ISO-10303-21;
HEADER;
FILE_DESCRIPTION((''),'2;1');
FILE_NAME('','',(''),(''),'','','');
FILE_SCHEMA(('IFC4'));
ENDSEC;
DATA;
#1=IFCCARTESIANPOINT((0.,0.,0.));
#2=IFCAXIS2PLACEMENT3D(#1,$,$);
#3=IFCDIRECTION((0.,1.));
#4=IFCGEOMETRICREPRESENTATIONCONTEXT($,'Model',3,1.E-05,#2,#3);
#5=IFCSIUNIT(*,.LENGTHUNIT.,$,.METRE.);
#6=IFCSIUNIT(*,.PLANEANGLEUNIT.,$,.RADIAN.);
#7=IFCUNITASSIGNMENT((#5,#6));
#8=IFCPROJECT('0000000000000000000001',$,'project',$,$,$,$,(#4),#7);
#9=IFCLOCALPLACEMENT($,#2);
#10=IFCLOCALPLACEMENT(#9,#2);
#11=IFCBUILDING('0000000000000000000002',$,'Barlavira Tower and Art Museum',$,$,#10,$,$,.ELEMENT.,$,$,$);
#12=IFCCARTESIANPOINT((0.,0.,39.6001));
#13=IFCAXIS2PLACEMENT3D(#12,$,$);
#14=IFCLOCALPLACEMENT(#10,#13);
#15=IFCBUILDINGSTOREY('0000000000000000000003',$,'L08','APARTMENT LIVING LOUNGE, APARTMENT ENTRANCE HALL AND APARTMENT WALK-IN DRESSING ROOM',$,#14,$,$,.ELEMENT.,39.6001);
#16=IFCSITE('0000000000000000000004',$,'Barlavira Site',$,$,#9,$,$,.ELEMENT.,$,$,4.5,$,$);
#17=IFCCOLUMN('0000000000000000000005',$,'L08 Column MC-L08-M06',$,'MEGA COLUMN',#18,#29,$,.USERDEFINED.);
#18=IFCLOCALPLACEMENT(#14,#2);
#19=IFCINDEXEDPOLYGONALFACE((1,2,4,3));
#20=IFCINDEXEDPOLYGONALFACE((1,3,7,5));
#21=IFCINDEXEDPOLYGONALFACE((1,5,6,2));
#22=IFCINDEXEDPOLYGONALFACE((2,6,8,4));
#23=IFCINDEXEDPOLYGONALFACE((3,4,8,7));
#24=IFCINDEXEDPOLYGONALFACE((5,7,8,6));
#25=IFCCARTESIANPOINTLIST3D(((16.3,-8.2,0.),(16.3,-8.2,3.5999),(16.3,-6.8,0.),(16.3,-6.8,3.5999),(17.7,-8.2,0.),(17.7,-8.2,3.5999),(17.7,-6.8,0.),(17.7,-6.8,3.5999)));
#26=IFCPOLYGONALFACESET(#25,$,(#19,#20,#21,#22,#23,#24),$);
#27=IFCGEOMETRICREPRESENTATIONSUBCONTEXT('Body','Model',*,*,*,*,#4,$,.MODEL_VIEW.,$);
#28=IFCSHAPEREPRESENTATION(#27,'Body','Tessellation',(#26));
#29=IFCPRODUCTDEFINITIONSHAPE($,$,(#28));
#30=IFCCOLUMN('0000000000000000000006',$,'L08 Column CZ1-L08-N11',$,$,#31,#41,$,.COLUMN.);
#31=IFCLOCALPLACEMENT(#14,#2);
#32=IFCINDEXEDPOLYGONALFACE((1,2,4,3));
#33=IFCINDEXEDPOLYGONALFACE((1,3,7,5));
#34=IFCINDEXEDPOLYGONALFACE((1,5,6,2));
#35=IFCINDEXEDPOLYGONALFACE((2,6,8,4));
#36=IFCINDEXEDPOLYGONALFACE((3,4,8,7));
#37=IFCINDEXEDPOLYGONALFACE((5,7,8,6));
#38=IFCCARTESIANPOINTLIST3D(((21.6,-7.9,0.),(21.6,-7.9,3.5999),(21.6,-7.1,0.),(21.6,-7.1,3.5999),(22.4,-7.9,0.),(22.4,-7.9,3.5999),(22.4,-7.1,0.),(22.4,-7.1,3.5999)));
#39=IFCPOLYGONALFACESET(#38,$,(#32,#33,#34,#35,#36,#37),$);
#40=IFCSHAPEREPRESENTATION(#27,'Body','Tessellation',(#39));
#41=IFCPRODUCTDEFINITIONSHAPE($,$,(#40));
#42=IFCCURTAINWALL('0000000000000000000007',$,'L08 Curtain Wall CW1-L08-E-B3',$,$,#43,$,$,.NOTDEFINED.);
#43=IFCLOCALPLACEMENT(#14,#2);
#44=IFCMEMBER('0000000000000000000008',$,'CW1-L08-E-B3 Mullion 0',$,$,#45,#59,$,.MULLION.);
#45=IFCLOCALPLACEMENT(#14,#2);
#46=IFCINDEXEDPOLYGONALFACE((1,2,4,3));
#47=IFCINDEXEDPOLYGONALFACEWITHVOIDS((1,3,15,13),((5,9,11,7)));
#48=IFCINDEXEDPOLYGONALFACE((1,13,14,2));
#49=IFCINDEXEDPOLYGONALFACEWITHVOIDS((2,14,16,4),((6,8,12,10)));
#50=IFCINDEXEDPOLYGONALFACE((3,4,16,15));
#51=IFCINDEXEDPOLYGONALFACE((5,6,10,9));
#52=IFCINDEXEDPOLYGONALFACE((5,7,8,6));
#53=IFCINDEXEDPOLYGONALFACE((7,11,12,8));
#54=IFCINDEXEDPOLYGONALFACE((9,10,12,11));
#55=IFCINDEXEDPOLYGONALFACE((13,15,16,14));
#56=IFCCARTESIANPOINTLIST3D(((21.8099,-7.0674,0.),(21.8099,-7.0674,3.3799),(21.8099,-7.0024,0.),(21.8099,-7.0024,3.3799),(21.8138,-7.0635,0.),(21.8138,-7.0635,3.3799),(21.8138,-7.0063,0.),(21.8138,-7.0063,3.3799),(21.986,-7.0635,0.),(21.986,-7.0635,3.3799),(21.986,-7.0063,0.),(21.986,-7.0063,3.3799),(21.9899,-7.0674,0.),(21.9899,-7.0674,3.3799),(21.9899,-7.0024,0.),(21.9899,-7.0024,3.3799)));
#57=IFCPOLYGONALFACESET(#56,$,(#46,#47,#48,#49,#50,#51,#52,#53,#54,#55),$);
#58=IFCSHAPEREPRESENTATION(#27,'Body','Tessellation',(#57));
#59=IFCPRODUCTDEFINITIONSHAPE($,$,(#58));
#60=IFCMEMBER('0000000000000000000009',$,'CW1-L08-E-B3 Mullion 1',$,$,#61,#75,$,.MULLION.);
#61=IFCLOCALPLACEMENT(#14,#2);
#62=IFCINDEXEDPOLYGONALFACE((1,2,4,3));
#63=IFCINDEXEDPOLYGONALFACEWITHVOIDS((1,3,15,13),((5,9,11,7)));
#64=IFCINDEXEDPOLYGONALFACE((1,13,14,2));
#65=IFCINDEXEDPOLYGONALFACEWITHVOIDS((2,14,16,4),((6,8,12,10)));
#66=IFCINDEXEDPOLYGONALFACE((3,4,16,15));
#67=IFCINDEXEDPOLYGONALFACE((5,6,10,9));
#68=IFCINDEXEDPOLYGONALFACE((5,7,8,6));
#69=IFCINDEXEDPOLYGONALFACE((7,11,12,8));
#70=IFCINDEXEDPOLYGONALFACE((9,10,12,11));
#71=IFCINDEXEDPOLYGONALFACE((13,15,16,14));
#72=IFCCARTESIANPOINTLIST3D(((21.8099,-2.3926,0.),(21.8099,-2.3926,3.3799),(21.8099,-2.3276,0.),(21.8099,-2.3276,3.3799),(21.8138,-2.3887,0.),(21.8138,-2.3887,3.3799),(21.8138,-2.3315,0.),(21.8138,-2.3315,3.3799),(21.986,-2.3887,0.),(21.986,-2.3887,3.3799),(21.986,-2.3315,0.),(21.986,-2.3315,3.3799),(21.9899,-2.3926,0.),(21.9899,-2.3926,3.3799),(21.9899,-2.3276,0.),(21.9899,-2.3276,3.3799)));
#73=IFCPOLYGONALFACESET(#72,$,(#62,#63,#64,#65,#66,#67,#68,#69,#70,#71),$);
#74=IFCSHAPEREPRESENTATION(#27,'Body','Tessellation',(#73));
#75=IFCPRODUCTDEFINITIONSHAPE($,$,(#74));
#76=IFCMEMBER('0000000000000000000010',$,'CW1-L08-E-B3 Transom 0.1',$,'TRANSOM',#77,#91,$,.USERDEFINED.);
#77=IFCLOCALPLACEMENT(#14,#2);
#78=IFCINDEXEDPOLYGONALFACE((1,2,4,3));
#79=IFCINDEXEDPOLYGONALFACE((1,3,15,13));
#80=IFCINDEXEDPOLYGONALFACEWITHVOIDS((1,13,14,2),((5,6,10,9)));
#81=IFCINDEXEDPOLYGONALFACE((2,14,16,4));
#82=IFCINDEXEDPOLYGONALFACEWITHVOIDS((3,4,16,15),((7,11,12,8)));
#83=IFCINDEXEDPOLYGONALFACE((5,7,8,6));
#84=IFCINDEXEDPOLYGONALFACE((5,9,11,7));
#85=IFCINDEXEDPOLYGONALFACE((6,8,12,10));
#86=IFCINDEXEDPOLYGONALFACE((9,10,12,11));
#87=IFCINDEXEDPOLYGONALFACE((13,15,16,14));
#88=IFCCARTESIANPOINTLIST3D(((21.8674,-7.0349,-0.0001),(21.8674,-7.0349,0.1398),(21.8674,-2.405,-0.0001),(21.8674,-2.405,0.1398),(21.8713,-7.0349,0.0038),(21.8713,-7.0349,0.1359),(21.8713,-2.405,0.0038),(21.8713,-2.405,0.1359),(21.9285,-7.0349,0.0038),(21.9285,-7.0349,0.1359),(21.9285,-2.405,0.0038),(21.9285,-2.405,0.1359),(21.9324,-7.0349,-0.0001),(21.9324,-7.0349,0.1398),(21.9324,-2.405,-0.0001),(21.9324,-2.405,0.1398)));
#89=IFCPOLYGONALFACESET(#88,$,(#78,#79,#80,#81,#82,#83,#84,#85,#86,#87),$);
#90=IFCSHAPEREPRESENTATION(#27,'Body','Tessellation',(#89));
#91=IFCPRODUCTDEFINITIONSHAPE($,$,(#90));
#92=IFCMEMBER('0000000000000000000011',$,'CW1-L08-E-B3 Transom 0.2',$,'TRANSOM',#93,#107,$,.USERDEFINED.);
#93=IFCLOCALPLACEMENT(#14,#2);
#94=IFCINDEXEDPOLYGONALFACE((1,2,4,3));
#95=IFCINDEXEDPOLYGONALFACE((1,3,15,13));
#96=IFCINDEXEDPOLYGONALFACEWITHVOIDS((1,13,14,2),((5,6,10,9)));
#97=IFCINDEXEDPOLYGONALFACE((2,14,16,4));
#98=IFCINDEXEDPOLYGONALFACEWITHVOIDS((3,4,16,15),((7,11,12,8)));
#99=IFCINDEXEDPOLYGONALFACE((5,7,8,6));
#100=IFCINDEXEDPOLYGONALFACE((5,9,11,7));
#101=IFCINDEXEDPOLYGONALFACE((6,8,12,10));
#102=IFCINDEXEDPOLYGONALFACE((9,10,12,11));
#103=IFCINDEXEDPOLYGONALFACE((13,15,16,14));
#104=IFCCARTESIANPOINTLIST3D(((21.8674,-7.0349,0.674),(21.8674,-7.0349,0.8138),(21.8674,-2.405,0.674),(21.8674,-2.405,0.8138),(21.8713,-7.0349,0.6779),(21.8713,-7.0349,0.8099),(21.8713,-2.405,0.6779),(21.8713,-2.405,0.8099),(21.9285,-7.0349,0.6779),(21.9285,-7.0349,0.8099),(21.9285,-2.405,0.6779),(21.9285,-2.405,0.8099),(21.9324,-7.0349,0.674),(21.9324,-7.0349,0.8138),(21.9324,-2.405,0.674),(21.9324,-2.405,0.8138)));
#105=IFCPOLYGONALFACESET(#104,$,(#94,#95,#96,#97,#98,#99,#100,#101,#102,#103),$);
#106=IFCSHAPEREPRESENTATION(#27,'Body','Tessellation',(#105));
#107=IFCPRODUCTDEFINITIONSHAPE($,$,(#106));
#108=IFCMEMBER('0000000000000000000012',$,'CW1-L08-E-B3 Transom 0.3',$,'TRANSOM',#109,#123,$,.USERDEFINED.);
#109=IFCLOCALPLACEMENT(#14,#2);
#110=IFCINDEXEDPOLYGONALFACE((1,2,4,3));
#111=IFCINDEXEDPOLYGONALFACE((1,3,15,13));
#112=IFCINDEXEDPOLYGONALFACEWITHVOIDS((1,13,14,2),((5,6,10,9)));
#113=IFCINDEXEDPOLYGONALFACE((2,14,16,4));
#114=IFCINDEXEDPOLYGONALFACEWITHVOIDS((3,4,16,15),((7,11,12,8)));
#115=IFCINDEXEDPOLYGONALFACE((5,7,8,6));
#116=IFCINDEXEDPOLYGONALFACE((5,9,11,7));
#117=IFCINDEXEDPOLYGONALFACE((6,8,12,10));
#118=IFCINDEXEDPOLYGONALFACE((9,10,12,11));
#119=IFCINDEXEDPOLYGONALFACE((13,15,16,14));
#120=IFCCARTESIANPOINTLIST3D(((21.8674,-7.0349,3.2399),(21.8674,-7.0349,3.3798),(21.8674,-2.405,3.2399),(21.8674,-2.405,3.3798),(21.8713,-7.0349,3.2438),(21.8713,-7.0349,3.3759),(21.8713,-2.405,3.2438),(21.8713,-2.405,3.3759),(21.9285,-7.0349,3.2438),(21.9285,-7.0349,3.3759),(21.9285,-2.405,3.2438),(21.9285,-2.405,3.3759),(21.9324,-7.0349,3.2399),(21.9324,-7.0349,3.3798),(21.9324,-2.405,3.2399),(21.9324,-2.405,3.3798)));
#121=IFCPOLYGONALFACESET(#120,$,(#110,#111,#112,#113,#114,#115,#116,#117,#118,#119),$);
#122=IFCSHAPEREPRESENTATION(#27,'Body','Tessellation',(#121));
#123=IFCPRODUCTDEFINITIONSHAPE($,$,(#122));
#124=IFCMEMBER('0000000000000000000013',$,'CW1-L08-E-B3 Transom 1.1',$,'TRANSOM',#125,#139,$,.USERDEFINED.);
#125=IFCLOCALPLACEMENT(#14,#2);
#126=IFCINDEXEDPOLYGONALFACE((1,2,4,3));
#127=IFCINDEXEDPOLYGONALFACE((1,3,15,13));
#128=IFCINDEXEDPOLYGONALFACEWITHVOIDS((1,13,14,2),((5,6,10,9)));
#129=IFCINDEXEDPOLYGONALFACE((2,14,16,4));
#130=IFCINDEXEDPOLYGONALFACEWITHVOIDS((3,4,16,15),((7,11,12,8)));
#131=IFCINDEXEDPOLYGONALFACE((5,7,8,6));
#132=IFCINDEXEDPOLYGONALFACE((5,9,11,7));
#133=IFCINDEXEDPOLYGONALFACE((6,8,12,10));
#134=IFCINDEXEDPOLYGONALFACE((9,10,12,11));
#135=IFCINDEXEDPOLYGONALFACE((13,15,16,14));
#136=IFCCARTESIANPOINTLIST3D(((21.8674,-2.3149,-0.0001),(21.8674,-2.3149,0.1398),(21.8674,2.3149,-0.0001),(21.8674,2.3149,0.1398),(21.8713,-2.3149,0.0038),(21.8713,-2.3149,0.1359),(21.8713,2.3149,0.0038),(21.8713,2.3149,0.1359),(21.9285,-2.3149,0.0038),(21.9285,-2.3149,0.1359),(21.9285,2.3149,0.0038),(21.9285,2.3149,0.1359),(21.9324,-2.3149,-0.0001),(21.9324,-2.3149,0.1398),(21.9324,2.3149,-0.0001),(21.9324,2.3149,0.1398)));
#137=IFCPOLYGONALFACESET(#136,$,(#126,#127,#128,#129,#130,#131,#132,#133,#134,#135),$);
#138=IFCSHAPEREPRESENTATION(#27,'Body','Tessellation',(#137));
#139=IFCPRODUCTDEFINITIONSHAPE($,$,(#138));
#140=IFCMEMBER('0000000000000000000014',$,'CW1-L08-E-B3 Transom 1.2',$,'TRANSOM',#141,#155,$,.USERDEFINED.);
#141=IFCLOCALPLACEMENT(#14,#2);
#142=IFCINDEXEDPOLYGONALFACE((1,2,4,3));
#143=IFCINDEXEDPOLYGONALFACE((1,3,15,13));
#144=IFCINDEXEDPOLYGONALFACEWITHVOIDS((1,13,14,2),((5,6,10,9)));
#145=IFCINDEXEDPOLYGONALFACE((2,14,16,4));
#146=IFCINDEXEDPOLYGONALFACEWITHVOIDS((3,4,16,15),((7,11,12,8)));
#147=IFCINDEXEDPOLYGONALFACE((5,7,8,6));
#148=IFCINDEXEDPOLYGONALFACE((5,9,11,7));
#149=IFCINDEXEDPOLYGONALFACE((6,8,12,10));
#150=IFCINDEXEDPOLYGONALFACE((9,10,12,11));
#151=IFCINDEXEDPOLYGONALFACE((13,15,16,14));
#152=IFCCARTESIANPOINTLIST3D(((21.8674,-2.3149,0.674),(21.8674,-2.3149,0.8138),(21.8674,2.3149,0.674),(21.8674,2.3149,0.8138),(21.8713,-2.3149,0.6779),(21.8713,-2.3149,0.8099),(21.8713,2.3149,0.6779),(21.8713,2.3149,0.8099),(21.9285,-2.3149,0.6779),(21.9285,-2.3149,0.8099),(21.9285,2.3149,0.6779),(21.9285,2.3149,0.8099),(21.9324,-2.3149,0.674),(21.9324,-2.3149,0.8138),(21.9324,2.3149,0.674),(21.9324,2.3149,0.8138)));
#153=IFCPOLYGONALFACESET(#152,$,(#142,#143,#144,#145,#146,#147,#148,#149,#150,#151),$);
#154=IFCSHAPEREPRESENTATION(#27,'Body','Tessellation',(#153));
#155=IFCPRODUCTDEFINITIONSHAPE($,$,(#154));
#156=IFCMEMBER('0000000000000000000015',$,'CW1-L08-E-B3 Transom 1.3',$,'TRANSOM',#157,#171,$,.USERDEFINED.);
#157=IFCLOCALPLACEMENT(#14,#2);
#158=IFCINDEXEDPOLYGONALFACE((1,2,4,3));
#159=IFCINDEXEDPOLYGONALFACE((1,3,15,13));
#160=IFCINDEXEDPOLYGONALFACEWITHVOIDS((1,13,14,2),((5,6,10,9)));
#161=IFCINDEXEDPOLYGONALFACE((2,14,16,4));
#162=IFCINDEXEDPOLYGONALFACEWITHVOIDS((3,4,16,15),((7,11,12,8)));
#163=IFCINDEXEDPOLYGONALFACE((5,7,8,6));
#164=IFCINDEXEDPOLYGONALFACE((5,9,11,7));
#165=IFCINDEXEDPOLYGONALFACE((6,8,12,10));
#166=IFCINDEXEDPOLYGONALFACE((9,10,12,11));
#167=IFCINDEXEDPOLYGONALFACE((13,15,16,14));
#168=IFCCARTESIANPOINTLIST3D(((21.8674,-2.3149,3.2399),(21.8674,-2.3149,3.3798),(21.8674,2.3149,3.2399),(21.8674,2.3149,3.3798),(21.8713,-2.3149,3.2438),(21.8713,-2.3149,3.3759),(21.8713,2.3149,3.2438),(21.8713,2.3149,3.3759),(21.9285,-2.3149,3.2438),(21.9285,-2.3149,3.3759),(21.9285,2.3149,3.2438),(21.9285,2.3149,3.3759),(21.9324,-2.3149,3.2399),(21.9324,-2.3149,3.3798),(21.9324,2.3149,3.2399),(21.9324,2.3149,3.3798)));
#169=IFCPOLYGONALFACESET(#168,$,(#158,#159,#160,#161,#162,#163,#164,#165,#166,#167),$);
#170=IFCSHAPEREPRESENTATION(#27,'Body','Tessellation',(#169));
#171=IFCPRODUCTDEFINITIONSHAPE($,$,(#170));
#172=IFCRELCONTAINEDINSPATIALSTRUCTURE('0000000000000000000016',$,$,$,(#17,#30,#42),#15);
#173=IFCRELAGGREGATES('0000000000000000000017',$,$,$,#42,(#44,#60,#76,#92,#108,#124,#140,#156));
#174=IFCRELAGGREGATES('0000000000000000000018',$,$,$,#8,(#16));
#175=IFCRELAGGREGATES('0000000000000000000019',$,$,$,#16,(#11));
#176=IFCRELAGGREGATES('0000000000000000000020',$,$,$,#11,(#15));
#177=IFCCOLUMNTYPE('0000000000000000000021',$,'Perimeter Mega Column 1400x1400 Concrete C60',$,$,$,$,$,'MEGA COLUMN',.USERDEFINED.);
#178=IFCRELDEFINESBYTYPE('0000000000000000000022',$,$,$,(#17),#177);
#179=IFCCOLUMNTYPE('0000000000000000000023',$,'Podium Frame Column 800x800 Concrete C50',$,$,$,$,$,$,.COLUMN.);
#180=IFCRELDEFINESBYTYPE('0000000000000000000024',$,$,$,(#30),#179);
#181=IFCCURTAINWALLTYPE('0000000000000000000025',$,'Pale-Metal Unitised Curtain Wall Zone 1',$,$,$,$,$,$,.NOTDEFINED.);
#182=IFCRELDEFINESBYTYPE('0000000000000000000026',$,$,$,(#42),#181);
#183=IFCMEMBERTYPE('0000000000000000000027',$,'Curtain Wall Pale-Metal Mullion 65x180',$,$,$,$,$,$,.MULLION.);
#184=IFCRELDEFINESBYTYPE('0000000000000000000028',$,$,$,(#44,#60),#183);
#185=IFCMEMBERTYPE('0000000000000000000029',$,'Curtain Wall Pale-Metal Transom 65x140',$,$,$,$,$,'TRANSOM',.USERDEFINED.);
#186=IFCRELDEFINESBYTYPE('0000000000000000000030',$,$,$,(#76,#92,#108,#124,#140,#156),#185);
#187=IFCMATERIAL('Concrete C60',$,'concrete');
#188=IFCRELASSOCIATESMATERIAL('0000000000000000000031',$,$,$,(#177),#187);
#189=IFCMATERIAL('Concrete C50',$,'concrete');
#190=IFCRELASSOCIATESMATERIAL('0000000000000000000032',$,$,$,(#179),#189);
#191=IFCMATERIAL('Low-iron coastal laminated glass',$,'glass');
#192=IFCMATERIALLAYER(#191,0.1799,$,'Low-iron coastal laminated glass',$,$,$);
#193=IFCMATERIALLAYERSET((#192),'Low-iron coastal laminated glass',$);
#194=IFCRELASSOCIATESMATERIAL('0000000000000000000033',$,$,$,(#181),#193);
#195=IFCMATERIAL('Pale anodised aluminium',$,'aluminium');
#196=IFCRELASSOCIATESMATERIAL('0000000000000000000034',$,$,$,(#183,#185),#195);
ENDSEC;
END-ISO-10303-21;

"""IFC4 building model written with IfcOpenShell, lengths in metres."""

from ifc_helpers import new_model, si_unit, direction, frame, origin, origin_2d, place, context, subcontext, project, spatial, rectangle, hollow_rectangle, extrude, material, layer, layer_set, material_profile, profile_set, type_object, element, aggregate, save


model = new_model("IFC4")

# Units and contexts
model_context = context("Model", 3, precision=1e-05, world=origin(), true_north=direction((0.0, 1.0)))
body_context = subcontext(model_context, "Body", "Model", "MODEL_VIEW")
ifc_project = project(units=[si_unit("LENGTHUNIT", "METRE"), si_unit("PLANEANGLEUNIT", "RADIAN")], contexts=[model_context])

# Site, building, storey
site_placement = place(None, origin())
site = spatial("IfcSite", under=ifc_project, at=site_placement, Name="Barlavira Site", CompositionType="ELEMENT", RefElevation=4.5)
building_placement = place(site_placement, origin())
building = spatial("IfcBuilding", under=site, at=building_placement, Name="Barlavira Tower and Art Museum", CompositionType="ELEMENT")
storey_placement = place(building_placement, frame((0.0, 0.0, 39.6001)))
storey = spatial("IfcBuildingStorey", under=building, at=storey_placement, Name="L08", Description="APARTMENT LIVING LOUNGE, APARTMENT ENTRANCE HALL AND APARTMENT WALK-IN DRESSING ROOM", CompositionType="ELEMENT", Elevation=39.6001)

# Columns
ifc_material_1 = material(Name="Concrete C60", Category="concrete")
ifc_material_profile_1 = material_profile(ifc_material_1, rectangle(XDim=1.3999, YDim=1.3999, at=origin_2d()), Name="RC-MCOL 1400x1400")
ifc_profile_set_1 = profile_set([ifc_material_profile_1], Name="Concrete C60")
column_type_1 = type_object("IfcColumnType", Name="Perimeter Mega Column 1400x1400 Concrete C60", ElementType="MEGA COLUMN", PredefinedType="USERDEFINED", material=ifc_profile_set_1)
column_1_placement = place(storey_placement, frame((17.0, -7.5, 0.0), z_axis=(0.0, 0.0, 1.0), x_axis=(1.0, 0.0, 0.0)))
element("IfcColumn", 1, at=column_1_placement, inside=storey, type_object=column_type_1, Name="L08 Column MC-L08-M06", ObjectType="MEGA COLUMN", PredefinedType="USERDEFINED", context=body_context, shape_type="SweptSolid", body=[
    extrude(rectangle(XDim=1.3999, YDim=1.3999, at=origin_2d()), origin(), (0.0, 0.0, 1.0), 3.5999),
])
ifc_material_2 = material(Name="Concrete C50", Category="concrete")
ifc_material_profile_2 = material_profile(ifc_material_2, rectangle(XDim=0.8, YDim=0.8, at=origin_2d()), Name="RC-COL 800x800")
ifc_profile_set_2 = profile_set([ifc_material_profile_2], Name="Concrete C50")
column_type_2 = type_object("IfcColumnType", Name="Podium Frame Column 800x800 Concrete C50", PredefinedType="COLUMN", material=ifc_profile_set_2)
column_2_placement = place(storey_placement, frame((22.0, -7.5, 0.0), z_axis=(0.0, 0.0, 1.0), x_axis=(1.0, 0.0, 0.0)))
element("IfcColumn", 2, at=column_2_placement, inside=storey, type_object=column_type_2, Name="L08 Column CZ1-L08-N11", PredefinedType="COLUMN", context=body_context, shape_type="SweptSolid", body=[
    extrude(rectangle(XDim=0.8, YDim=0.8, at=origin_2d()), origin(), (0.0, 0.0, 1.0), 3.5999),
])

# Curtain wall, members
ifc_material_3 = material(Name="Low-iron coastal laminated glass", Category="glass")
ifc_layer_1 = layer(ifc_material_3, 0.1799, Name="Low-iron coastal laminated glass")
ifc_layer_set_1 = layer_set([ifc_layer_1], Name="Low-iron coastal laminated glass")
curtain_wall_type = type_object("IfcCurtainWallType", Name="Pale-Metal Unitised Curtain Wall Zone 1", PredefinedType="NOTDEFINED", material=ifc_layer_set_1)
curtain_wall_placement = place(storey_placement, origin())
curtain_wall = element("IfcCurtainWall", 3, at=curtain_wall_placement, inside=storey, type_object=curtain_wall_type, Name="L08 Curtain Wall CW1-L08-E-B3", PredefinedType="NOTDEFINED")
ifc_material_4 = material(Name="Pale anodised aluminium", Category="aluminium")
ifc_material_profile_3 = material_profile(ifc_material_4, hollow_rectangle(XDim=0.0649, YDim=0.1799, WallThickness=0.0039, at=origin_2d()), Name="ALU-MULL 65x180x4")
ifc_profile_set_3 = profile_set([ifc_material_profile_3], Name="Pale anodised aluminium")
member_type_1 = type_object("IfcMemberType", Name="Curtain Wall Pale-Metal Mullion 65x180", PredefinedType="MULLION", material=ifc_profile_set_3)
member_1_placement = place(storey_placement, frame((21.8999, -7.0349, 0.0), z_axis=(0.0, 0.0, 1.0), x_axis=(0.0, 1.0, 0.0)))
member_1 = element("IfcMember", 4, at=member_1_placement, type_object=member_type_1, Name="CW1-L08-E-B3 Mullion 0", PredefinedType="MULLION", context=body_context, shape_type="SweptSolid", body=[
    extrude(hollow_rectangle(XDim=0.0649, YDim=0.1799, WallThickness=0.0039, at=origin_2d()), origin(), (0.0, 0.0, 1.0), 3.3799),
])
member_2_placement = place(storey_placement, frame((21.8999, -2.3601, 0.0), z_axis=(0.0, 0.0, 1.0), x_axis=(0.0, 1.0, 0.0)))
member_2 = element("IfcMember", 5, at=member_2_placement, type_object=member_type_1, Name="CW1-L08-E-B3 Mullion 1", PredefinedType="MULLION", context=body_context, shape_type="SweptSolid", body=[
    extrude(hollow_rectangle(XDim=0.0649, YDim=0.1799, WallThickness=0.0039, at=origin_2d()), origin(), (0.0, 0.0, 1.0), 3.3799),
])
ifc_material_profile_4 = material_profile(ifc_material_4, hollow_rectangle(XDim=0.0649, YDim=0.1399, WallThickness=0.0039, at=origin_2d()), Name="ALU-TRAN 65x140x4")
ifc_profile_set_4 = profile_set([ifc_material_profile_4], Name="Pale anodised aluminium")
member_type_2 = type_object("IfcMemberType", Name="Curtain Wall Pale-Metal Transom 65x140", ElementType="TRANSOM", PredefinedType="USERDEFINED", material=ifc_profile_set_4)
member_3_placement = place(storey_placement, frame((21.8999, -7.0349, 0.0698), z_axis=(0.0, 1.0, 0.0), x_axis=(-1.0, 0.0, 0.0)))
member_3 = element("IfcMember", 6, at=member_3_placement, type_object=member_type_2, Name="CW1-L08-E-B3 Transom 0.1", ObjectType="TRANSOM", PredefinedType="USERDEFINED", context=body_context, shape_type="SweptSolid", body=[
    extrude(hollow_rectangle(XDim=0.0649, YDim=0.1399, WallThickness=0.0039, at=origin_2d()), origin(), (0.0, 0.0, 1.0), 4.6299),
])
member_4_placement = place(storey_placement, frame((21.8999, -7.0349, 0.7439), z_axis=(0.0, 1.0, 0.0), x_axis=(-1.0, 0.0, 0.0)))
member_4 = element("IfcMember", 7, at=member_4_placement, type_object=member_type_2, Name="CW1-L08-E-B3 Transom 0.2", ObjectType="TRANSOM", PredefinedType="USERDEFINED", context=body_context, shape_type="SweptSolid", body=[
    extrude(hollow_rectangle(XDim=0.0649, YDim=0.1399, WallThickness=0.0039, at=origin_2d()), origin(), (0.0, 0.0, 1.0), 4.6299),
])
member_5_placement = place(storey_placement, frame((21.8999, -7.0349, 3.3098), z_axis=(0.0, 1.0, 0.0), x_axis=(-1.0, 0.0, 0.0)))
member_5 = element("IfcMember", 8, at=member_5_placement, type_object=member_type_2, Name="CW1-L08-E-B3 Transom 0.3", ObjectType="TRANSOM", PredefinedType="USERDEFINED", context=body_context, shape_type="SweptSolid", body=[
    extrude(hollow_rectangle(XDim=0.0649, YDim=0.1399, WallThickness=0.0039, at=origin_2d()), origin(), (0.0, 0.0, 1.0), 4.6299),
])
member_6_placement = place(storey_placement, frame((21.8999, -2.3149, 0.0698), z_axis=(0.0, 1.0, 0.0), x_axis=(-1.0, 0.0, 0.0)))
member_6 = element("IfcMember", 9, at=member_6_placement, type_object=member_type_2, Name="CW1-L08-E-B3 Transom 1.1", ObjectType="TRANSOM", PredefinedType="USERDEFINED", context=body_context, shape_type="SweptSolid", body=[
    extrude(hollow_rectangle(XDim=0.0649, YDim=0.1399, WallThickness=0.0039, at=origin_2d()), origin(), (0.0, 0.0, 1.0), 4.6299),
])
member_7_placement = place(storey_placement, frame((21.8999, -2.3149, 0.7439), z_axis=(0.0, 1.0, 0.0), x_axis=(-1.0, 0.0, 0.0)))
member_7 = element("IfcMember", 10, at=member_7_placement, type_object=member_type_2, Name="CW1-L08-E-B3 Transom 1.2", ObjectType="TRANSOM", PredefinedType="USERDEFINED", context=body_context, shape_type="SweptSolid", body=[
    extrude(hollow_rectangle(XDim=0.0649, YDim=0.1399, WallThickness=0.0039, at=origin_2d()), origin(), (0.0, 0.0, 1.0), 4.6299),
])
member_8_placement = place(storey_placement, frame((21.8999, -2.3149, 3.3098), z_axis=(0.0, 1.0, 0.0), x_axis=(-1.0, 0.0, 0.0)))
member_8 = element("IfcMember", 11, at=member_8_placement, type_object=member_type_2, Name="CW1-L08-E-B3 Transom 1.3", ObjectType="TRANSOM", PredefinedType="USERDEFINED", context=body_context, shape_type="SweptSolid", body=[
    extrude(hollow_rectangle(XDim=0.0649, YDim=0.1399, WallThickness=0.0039, at=origin_2d()), origin(), (0.0, 0.0, 1.0), 4.6299),
])

aggregate(curtain_wall, [member_1, member_2, member_3, member_4, member_5, member_6, member_7, member_8])

save(model, "model.ifc")
